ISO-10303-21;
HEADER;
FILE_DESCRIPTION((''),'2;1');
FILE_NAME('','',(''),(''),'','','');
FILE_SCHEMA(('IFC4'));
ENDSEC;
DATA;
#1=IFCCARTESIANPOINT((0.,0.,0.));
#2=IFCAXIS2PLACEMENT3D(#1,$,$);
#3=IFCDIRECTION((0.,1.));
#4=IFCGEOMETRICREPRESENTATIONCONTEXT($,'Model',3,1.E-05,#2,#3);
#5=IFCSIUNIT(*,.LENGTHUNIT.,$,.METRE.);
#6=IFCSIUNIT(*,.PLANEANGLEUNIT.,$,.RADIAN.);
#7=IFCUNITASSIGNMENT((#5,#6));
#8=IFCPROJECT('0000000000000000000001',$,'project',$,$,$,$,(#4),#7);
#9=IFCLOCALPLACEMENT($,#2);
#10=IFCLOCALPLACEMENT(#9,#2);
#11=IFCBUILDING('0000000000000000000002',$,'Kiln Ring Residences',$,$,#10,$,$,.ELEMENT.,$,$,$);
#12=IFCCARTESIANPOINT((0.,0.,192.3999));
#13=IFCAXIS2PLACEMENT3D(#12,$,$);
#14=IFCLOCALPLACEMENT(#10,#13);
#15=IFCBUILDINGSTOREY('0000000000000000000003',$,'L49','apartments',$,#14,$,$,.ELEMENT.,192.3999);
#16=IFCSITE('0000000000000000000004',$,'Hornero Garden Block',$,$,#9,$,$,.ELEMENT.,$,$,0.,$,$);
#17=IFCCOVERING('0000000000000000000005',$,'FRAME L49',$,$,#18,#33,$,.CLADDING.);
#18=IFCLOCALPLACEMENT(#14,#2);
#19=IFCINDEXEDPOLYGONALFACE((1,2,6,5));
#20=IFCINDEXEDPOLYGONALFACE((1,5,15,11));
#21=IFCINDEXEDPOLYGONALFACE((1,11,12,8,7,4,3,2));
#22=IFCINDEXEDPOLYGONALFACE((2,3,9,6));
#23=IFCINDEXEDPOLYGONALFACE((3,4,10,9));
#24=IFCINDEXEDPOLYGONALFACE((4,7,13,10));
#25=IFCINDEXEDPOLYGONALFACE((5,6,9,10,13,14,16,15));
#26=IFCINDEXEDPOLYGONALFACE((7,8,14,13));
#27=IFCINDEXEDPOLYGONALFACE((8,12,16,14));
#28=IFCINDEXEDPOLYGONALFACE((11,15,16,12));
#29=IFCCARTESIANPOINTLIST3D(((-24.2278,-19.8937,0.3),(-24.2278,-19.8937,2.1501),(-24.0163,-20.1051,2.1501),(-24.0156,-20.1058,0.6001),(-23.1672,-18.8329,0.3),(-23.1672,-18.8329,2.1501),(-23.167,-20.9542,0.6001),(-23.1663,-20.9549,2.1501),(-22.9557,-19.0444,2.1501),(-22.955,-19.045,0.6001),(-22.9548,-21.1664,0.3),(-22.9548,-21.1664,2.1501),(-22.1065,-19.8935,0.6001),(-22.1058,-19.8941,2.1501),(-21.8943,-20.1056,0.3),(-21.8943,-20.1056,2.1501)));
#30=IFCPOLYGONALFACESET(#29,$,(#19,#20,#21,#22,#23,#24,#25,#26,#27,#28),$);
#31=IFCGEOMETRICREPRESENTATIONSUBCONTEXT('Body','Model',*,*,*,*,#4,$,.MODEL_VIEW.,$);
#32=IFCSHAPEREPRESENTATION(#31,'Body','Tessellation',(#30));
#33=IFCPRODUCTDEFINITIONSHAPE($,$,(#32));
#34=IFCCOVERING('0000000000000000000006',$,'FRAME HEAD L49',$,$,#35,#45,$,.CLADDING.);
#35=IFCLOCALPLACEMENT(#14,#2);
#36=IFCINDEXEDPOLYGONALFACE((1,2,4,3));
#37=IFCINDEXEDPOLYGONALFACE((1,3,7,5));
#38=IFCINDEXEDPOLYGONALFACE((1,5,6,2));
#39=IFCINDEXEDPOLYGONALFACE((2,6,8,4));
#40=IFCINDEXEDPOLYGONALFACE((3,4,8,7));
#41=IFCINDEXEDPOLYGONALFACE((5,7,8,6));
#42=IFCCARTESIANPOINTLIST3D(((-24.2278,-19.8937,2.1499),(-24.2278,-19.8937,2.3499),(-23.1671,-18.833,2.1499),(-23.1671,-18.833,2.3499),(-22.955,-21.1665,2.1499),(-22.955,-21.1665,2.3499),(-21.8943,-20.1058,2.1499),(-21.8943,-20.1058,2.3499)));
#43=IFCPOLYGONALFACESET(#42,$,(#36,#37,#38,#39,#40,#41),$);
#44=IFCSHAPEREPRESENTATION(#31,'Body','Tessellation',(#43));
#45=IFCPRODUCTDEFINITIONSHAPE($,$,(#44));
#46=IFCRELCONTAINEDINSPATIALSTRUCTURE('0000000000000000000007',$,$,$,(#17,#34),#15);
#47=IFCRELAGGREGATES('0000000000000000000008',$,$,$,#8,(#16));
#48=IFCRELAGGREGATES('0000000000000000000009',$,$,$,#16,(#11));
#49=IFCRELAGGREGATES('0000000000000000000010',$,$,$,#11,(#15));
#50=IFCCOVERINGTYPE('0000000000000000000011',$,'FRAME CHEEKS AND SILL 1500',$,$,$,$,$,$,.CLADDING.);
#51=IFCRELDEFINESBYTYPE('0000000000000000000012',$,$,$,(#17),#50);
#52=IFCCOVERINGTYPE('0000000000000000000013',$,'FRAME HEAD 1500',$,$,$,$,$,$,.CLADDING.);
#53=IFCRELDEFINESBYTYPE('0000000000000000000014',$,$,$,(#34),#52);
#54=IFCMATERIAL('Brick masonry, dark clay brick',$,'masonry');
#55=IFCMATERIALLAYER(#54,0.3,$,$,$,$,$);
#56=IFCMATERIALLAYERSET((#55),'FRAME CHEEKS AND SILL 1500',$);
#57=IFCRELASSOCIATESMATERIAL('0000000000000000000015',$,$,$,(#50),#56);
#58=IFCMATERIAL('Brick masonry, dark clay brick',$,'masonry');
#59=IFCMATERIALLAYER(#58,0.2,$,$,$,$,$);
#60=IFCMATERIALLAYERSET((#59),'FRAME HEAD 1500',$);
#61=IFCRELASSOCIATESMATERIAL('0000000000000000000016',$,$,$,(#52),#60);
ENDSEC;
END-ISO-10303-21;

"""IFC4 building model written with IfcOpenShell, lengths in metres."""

from ifc_helpers import new_model, si_unit, direction, frame, origin, origin_2d, place, context, subcontext, project, spatial, polyline, rectangle, outline, extrude, material, layer, layer_set, type_object, element, save


model = new_model("IFC4")

# Units and contexts
model_context = context("Model", 3, precision=1e-05, world=origin(), true_north=direction((0.0, 1.0)))
body_context = subcontext(model_context, "Body", "Model", "MODEL_VIEW")
ifc_project = project(units=[si_unit("LENGTHUNIT", "METRE"), si_unit("PLANEANGLEUNIT", "RADIAN")], contexts=[model_context])

# Site, building, storey
site_placement = place(None, origin())
site = spatial("IfcSite", under=ifc_project, at=site_placement, Name="Hornero Garden Block", CompositionType="ELEMENT", RefElevation=0.0)
building_placement = place(site_placement, origin())
building = spatial("IfcBuilding", under=site, at=building_placement, Name="Kiln Ring Residences", CompositionType="ELEMENT")
storey_placement = place(building_placement, frame((0.0, 0.0, 192.3999)))
storey = spatial("IfcBuildingStorey", under=building, at=storey_placement, Name="L49", Description="apartments", CompositionType="ELEMENT", Elevation=192.3999)

# Coverings
ifc_material_1 = material(Name="Brick masonry, dark clay brick", Category="masonry")
ifc_layer_1 = layer(ifc_material_1, 0.3)
ifc_layer_set_1 = layer_set([ifc_layer_1], Name="FRAME CHEEKS AND SILL 1500")
covering_type_1 = type_object("IfcCoveringType", Name="FRAME CHEEKS AND SILL 1500", PredefinedType="CLADDING", material=ifc_layer_set_1)
covering_1_placement = place(storey_placement, frame((-23.6975, -19.3633, 0.3), z_axis=(0.0, 0.0, 1.0), x_axis=(0.707175, -0.707039, 0.0)))
element("IfcCovering", 1, at=covering_1_placement, inside=storey, type_object=covering_type_1, Name="FRAME L49", PredefinedType="CLADDING", context=body_context, shape_type="SweptSolid", body=[
    extrude(outline(polyline([(0.0, 0.0), (1.8, 0.0), (1.8, 1.8501), (1.501, 1.8501), (1.5, 0.3), (0.3, 0.3), (0.2991, 1.8501), (0.0, 1.8501), (0.0, 0.0)])), frame((0.0, 0.75, 0.0), z_axis=(0.0, -1.0, 0.0), x_axis=(1.0, 0.0, 0.0)), (0.0, 0.0, 1.0), 1.5),
])
ifc_material_2 = material(Name="Brick masonry, dark clay brick", Category="masonry")
ifc_layer_2 = layer(ifc_material_2, 0.2)
ifc_layer_set_2 = layer_set([ifc_layer_2], Name="FRAME HEAD 1500")
covering_type_2 = type_object("IfcCoveringType", Name="FRAME HEAD 1500", PredefinedType="CLADDING", material=ifc_layer_set_2)
covering_2_placement = place(storey_placement, frame((-23.061, -19.9998, 2.1499), z_axis=(0.0, 0.0, 1.0), x_axis=(0.707107, -0.707107, 0.0)))
element("IfcCovering", 2, at=covering_2_placement, inside=storey, type_object=covering_type_2, Name="FRAME HEAD L49", PredefinedType="CLADDING", context=body_context, shape_type="SweptSolid", body=[
    extrude(rectangle(XDim=1.8, YDim=1.5, at=origin_2d()), origin(), (0.0, 0.0, 1.0), 0.2),
])

save(model, "model.ifc")
